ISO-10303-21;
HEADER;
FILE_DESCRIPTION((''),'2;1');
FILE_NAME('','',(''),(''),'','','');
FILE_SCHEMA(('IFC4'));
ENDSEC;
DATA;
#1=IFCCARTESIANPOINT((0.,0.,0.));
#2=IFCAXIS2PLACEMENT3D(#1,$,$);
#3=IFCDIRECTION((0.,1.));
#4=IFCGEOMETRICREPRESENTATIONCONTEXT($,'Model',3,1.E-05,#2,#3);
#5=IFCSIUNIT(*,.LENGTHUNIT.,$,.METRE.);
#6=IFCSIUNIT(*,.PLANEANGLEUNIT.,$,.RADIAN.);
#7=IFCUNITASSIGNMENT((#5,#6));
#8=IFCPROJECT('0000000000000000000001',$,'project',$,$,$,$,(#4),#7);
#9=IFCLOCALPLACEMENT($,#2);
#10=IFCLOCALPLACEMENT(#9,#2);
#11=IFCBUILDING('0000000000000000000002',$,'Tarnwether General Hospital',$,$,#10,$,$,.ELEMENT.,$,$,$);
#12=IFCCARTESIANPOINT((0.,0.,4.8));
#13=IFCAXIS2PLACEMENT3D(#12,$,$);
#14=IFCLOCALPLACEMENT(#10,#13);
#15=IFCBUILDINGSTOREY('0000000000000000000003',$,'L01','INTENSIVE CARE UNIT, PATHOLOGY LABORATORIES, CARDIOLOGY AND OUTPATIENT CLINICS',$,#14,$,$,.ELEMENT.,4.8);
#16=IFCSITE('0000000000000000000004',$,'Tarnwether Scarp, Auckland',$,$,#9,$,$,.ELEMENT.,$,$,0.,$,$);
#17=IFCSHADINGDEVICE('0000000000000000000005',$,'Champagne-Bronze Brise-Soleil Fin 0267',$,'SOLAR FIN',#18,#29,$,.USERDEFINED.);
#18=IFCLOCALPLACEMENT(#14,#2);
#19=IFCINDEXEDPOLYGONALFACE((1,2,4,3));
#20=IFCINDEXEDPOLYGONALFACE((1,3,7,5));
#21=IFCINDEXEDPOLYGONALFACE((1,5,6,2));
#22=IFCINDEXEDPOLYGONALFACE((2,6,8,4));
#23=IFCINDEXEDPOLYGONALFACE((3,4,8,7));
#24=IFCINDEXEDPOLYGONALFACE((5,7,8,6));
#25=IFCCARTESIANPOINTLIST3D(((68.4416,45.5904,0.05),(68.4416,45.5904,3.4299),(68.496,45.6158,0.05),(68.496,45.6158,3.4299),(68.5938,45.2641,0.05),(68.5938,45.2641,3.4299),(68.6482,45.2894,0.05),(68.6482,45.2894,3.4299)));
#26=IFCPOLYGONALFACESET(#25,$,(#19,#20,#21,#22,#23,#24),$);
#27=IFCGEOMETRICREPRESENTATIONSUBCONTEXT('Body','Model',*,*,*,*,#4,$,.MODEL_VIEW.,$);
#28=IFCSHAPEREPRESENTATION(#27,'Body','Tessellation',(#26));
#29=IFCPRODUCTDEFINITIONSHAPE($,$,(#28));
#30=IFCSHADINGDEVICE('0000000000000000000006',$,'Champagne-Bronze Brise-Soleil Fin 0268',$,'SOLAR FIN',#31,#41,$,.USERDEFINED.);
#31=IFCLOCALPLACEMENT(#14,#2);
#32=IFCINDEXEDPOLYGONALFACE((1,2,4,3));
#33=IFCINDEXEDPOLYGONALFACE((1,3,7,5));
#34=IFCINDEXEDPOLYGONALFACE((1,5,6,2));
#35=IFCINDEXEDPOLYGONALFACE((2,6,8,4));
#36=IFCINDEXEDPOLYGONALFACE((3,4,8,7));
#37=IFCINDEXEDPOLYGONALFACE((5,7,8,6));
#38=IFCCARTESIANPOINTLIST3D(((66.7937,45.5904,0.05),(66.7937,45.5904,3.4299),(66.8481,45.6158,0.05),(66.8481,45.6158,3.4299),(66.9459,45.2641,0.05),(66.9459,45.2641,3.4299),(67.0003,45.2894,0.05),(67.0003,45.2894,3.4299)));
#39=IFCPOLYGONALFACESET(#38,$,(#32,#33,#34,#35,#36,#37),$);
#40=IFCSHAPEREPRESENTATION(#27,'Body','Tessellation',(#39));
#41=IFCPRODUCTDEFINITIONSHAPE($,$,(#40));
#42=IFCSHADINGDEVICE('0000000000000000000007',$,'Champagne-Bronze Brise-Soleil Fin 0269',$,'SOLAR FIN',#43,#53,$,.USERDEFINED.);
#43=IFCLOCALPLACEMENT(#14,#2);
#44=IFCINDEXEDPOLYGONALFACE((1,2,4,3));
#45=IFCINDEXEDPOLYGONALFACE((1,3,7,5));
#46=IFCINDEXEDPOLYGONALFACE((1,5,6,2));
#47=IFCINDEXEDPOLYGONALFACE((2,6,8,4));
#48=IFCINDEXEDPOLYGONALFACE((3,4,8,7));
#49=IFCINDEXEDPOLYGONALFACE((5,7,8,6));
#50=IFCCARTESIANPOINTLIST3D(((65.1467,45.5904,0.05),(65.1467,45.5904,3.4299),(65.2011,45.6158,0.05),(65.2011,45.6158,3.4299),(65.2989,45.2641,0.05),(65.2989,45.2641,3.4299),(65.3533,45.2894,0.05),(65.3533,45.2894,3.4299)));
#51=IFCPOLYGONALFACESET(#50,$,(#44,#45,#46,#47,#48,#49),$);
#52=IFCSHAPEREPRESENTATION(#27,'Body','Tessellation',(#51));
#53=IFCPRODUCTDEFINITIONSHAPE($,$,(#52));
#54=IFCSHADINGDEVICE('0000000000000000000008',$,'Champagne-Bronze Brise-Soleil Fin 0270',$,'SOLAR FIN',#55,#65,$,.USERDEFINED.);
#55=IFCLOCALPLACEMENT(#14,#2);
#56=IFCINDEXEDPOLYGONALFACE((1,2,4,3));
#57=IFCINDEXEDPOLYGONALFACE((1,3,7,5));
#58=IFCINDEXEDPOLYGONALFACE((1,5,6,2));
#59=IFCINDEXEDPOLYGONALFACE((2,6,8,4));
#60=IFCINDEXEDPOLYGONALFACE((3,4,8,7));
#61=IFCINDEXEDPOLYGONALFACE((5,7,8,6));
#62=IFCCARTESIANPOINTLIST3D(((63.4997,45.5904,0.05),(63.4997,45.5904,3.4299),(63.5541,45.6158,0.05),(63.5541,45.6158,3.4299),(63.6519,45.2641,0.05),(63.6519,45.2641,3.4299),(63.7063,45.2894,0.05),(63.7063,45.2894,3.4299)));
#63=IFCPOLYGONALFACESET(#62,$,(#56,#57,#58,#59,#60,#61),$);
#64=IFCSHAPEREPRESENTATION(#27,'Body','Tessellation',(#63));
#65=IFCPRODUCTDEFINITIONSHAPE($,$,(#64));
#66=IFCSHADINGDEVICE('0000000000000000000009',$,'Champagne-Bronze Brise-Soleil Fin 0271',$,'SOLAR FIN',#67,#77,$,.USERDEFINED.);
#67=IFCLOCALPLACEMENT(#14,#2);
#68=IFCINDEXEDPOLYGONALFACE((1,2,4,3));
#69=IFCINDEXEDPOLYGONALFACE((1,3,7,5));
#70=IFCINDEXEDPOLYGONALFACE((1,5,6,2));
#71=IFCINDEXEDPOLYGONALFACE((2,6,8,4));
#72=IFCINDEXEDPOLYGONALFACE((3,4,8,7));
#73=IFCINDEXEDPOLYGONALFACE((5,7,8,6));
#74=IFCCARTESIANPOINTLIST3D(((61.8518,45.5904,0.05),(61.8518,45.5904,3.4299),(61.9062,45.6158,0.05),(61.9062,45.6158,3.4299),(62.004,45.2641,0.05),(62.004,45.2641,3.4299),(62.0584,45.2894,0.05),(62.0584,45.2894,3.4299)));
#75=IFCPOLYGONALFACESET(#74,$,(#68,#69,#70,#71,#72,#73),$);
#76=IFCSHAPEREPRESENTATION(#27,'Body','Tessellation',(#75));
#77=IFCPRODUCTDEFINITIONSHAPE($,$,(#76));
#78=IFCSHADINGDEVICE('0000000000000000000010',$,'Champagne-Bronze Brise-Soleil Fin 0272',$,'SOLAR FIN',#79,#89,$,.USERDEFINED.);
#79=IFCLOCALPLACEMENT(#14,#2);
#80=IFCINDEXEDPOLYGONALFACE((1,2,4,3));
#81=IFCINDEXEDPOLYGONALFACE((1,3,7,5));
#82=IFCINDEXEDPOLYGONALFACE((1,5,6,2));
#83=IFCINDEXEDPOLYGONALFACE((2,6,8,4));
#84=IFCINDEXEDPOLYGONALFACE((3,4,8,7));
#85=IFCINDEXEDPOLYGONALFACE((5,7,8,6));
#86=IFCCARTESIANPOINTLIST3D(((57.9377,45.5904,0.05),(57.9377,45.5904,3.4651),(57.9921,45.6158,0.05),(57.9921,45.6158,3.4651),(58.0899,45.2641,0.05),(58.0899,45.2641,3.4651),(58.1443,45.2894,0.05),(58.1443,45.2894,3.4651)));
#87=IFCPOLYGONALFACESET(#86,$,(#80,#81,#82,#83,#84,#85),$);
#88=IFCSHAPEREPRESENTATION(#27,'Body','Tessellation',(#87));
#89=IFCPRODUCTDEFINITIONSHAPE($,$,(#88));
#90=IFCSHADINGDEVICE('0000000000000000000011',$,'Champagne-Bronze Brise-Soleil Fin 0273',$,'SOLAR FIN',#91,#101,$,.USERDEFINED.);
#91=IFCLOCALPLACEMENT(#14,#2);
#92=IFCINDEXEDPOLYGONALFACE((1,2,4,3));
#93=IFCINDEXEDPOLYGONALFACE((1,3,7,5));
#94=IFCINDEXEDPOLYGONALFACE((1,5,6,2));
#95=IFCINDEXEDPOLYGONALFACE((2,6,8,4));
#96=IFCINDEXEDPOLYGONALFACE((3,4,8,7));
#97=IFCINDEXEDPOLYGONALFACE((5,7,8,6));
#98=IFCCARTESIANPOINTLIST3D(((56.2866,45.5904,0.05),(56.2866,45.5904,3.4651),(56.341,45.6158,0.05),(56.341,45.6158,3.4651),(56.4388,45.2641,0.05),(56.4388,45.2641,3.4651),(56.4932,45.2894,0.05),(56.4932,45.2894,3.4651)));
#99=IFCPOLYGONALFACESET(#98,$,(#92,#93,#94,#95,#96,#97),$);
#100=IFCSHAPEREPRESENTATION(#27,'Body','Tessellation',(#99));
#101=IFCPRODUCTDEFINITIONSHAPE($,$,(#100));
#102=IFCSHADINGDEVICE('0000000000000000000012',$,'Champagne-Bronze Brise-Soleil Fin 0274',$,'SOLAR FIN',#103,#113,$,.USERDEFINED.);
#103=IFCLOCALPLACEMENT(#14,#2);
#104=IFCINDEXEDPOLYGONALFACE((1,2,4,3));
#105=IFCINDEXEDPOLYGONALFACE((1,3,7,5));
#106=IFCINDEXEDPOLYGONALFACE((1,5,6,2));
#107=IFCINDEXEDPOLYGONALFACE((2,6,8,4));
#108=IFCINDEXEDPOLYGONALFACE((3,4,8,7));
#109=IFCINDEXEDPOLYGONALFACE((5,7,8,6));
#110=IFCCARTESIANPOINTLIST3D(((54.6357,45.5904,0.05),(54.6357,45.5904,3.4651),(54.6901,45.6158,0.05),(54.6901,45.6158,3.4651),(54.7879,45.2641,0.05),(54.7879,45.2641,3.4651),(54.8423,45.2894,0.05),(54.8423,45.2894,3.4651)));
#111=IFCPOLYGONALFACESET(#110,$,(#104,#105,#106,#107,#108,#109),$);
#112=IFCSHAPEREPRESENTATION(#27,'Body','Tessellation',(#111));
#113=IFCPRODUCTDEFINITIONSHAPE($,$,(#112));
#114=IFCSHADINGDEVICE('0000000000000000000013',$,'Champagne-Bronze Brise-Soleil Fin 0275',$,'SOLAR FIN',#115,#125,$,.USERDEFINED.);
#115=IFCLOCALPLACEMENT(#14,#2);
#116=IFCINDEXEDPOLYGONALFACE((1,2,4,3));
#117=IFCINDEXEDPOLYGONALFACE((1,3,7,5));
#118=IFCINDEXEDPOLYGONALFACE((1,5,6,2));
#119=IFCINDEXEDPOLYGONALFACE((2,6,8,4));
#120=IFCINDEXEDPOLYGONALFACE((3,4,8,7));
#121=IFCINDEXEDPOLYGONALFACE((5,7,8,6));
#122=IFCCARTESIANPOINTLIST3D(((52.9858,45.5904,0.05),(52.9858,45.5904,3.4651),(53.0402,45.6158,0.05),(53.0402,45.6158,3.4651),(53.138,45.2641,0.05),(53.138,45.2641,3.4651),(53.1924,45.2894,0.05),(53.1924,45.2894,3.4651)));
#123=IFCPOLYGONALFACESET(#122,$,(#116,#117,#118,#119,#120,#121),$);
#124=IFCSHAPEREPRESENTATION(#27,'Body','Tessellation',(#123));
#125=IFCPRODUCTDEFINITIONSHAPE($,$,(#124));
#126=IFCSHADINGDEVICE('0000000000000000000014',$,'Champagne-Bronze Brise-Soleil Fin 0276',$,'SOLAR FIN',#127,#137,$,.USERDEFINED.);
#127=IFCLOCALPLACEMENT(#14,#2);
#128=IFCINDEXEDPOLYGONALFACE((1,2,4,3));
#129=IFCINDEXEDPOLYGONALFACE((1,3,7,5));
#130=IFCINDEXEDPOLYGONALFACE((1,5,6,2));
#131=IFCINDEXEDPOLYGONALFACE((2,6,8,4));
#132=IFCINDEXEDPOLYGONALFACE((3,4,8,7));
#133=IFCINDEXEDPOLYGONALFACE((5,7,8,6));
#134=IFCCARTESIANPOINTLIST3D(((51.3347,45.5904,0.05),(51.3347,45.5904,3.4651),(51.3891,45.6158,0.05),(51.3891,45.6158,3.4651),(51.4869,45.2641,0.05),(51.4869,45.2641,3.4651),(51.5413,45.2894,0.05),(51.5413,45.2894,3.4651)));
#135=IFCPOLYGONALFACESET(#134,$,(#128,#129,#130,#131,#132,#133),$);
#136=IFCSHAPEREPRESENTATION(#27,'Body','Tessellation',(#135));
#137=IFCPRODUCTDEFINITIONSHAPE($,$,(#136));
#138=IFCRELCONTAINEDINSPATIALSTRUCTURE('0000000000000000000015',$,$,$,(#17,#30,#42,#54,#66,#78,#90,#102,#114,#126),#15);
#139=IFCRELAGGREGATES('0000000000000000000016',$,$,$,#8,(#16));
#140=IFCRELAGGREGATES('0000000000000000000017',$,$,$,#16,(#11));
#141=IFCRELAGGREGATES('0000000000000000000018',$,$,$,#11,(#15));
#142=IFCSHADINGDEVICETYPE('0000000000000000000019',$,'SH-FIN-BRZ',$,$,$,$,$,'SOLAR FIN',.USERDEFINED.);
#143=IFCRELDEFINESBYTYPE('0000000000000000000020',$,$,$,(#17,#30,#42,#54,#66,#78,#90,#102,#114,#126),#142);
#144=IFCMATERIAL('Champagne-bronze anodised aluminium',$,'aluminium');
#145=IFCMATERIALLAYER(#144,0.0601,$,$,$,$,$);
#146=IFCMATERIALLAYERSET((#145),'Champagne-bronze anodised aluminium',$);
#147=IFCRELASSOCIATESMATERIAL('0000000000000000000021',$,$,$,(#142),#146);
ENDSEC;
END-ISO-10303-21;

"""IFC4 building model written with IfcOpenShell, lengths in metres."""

from ifc_helpers import new_model, si_unit, direction, frame, origin, origin_2d, place, context, subcontext, project, spatial, rectangle, extrude, material, layer, layer_set, type_object, element, save


model = new_model("IFC4")

# Units and contexts
model_context = context("Model", 3, precision=1e-05, world=origin(), true_north=direction((0.0, 1.0)))
body_context = subcontext(model_context, "Body", "Model", "MODEL_VIEW")
ifc_project = project(units=[si_unit("LENGTHUNIT", "METRE"), si_unit("PLANEANGLEUNIT", "RADIAN")], contexts=[model_context])

# Site, building, storey
site_placement = place(None, origin())
site = spatial("IfcSite", under=ifc_project, at=site_placement, Name="Tarnwether Scarp, Auckland", CompositionType="ELEMENT", RefElevation=0.0)
building_placement = place(site_placement, origin())
building = spatial("IfcBuilding", under=site, at=building_placement, Name="Tarnwether General Hospital", CompositionType="ELEMENT")
storey_placement = place(building_placement, frame((0.0, 0.0, 4.8)))
storey = spatial("IfcBuildingStorey", under=building, at=storey_placement, Name="L01", Description="INTENSIVE CARE UNIT, PATHOLOGY LABORATORIES, CARDIOLOGY AND OUTPATIENT CLINICS", CompositionType="ELEMENT", Elevation=4.8)

# Shading devices
ifc_material_1 = material(Name="Champagne-bronze anodised aluminium", Category="aluminium")
ifc_layer_1 = layer(ifc_material_1, 0.0601)
ifc_layer_set_1 = layer_set([ifc_layer_1], Name="Champagne-bronze anodised aluminium")
shading_device_type = type_object("IfcShadingDeviceType", Name="SH-FIN-BRZ", ElementType="SOLAR FIN", PredefinedType="USERDEFINED", material=ifc_layer_set_1)
for number, where, z_axis, x_axis, name in (
    (1, (68.5449, 45.4399, 0.05), (0.0, 0.0, 1.0), (-0.906308, -0.422618, 0.0), "Champagne-Bronze Brise-Soleil Fin 0267"),
    (2, (66.897, 45.4399, 0.05), (0.0, 0.0, 1.0), (-0.906308, -0.422618, 0.0), "Champagne-Bronze Brise-Soleil Fin 0268"),
    (3, (65.25, 45.4399, 0.05), (0.0, 0.0, 1.0), (-0.906308, -0.422618, 0.0), "Champagne-Bronze Brise-Soleil Fin 0269"),
    (4, (63.603, 45.4399, 0.05), (0.0, 0.0, 1.0), (-0.906308, -0.422618, 0.0), "Champagne-Bronze Brise-Soleil Fin 0270"),
    (5, (61.9551, 45.4399, 0.05), (0.0, 0.0, 1.0), (-0.906308, -0.422618, 0.0), "Champagne-Bronze Brise-Soleil Fin 0271"),
):
    element("IfcShadingDevice", number, at=place(storey_placement, frame(where, z_axis=z_axis, x_axis=x_axis)), inside=storey, type_object=shading_device_type, Name=name, ObjectType="SOLAR FIN", PredefinedType="USERDEFINED", context=body_context, shape_type="SweptSolid", body=[
        extrude(rectangle(XDim=0.0601, YDim=0.3601, at=origin_2d()), origin(), (0.0, 0.0, 1.0), 3.3799),
    ])
for number, where, z_axis, x_axis, name in (
    (6, (58.041, 45.4399, 0.05), (0.0, 0.0, 1.0), (-0.906308, -0.422618, 0.0), "Champagne-Bronze Brise-Soleil Fin 0272"),
    (7, (56.3899, 45.4399, 0.05), (0.0, 0.0, 1.0), (-0.906308, -0.422618, 0.0), "Champagne-Bronze Brise-Soleil Fin 0273"),
    (8, (54.739, 45.4399, 0.05), (0.0, 0.0, 1.0), (-0.906308, -0.422618, 0.0), "Champagne-Bronze Brise-Soleil Fin 0274"),
    (9, (53.0891, 45.4399, 0.05), (0.0, 0.0, 1.0), (-0.906308, -0.422618, 0.0), "Champagne-Bronze Brise-Soleil Fin 0275"),
    (10, (51.438, 45.4399, 0.05), (0.0, 0.0, 1.0), (-0.906308, -0.422618, 0.0), "Champagne-Bronze Brise-Soleil Fin 0276"),
):
    element("IfcShadingDevice", number, at=place(storey_placement, frame(where, z_axis=z_axis, x_axis=x_axis)), inside=storey, type_object=shading_device_type, Name=name, ObjectType="SOLAR FIN", PredefinedType="USERDEFINED", context=body_context, shape_type="SweptSolid", body=[
        extrude(rectangle(XDim=0.0601, YDim=0.3601, at=origin_2d()), origin(), (0.0, 0.0, 1.0), 3.415),
    ])

save(model, "model.ifc")
